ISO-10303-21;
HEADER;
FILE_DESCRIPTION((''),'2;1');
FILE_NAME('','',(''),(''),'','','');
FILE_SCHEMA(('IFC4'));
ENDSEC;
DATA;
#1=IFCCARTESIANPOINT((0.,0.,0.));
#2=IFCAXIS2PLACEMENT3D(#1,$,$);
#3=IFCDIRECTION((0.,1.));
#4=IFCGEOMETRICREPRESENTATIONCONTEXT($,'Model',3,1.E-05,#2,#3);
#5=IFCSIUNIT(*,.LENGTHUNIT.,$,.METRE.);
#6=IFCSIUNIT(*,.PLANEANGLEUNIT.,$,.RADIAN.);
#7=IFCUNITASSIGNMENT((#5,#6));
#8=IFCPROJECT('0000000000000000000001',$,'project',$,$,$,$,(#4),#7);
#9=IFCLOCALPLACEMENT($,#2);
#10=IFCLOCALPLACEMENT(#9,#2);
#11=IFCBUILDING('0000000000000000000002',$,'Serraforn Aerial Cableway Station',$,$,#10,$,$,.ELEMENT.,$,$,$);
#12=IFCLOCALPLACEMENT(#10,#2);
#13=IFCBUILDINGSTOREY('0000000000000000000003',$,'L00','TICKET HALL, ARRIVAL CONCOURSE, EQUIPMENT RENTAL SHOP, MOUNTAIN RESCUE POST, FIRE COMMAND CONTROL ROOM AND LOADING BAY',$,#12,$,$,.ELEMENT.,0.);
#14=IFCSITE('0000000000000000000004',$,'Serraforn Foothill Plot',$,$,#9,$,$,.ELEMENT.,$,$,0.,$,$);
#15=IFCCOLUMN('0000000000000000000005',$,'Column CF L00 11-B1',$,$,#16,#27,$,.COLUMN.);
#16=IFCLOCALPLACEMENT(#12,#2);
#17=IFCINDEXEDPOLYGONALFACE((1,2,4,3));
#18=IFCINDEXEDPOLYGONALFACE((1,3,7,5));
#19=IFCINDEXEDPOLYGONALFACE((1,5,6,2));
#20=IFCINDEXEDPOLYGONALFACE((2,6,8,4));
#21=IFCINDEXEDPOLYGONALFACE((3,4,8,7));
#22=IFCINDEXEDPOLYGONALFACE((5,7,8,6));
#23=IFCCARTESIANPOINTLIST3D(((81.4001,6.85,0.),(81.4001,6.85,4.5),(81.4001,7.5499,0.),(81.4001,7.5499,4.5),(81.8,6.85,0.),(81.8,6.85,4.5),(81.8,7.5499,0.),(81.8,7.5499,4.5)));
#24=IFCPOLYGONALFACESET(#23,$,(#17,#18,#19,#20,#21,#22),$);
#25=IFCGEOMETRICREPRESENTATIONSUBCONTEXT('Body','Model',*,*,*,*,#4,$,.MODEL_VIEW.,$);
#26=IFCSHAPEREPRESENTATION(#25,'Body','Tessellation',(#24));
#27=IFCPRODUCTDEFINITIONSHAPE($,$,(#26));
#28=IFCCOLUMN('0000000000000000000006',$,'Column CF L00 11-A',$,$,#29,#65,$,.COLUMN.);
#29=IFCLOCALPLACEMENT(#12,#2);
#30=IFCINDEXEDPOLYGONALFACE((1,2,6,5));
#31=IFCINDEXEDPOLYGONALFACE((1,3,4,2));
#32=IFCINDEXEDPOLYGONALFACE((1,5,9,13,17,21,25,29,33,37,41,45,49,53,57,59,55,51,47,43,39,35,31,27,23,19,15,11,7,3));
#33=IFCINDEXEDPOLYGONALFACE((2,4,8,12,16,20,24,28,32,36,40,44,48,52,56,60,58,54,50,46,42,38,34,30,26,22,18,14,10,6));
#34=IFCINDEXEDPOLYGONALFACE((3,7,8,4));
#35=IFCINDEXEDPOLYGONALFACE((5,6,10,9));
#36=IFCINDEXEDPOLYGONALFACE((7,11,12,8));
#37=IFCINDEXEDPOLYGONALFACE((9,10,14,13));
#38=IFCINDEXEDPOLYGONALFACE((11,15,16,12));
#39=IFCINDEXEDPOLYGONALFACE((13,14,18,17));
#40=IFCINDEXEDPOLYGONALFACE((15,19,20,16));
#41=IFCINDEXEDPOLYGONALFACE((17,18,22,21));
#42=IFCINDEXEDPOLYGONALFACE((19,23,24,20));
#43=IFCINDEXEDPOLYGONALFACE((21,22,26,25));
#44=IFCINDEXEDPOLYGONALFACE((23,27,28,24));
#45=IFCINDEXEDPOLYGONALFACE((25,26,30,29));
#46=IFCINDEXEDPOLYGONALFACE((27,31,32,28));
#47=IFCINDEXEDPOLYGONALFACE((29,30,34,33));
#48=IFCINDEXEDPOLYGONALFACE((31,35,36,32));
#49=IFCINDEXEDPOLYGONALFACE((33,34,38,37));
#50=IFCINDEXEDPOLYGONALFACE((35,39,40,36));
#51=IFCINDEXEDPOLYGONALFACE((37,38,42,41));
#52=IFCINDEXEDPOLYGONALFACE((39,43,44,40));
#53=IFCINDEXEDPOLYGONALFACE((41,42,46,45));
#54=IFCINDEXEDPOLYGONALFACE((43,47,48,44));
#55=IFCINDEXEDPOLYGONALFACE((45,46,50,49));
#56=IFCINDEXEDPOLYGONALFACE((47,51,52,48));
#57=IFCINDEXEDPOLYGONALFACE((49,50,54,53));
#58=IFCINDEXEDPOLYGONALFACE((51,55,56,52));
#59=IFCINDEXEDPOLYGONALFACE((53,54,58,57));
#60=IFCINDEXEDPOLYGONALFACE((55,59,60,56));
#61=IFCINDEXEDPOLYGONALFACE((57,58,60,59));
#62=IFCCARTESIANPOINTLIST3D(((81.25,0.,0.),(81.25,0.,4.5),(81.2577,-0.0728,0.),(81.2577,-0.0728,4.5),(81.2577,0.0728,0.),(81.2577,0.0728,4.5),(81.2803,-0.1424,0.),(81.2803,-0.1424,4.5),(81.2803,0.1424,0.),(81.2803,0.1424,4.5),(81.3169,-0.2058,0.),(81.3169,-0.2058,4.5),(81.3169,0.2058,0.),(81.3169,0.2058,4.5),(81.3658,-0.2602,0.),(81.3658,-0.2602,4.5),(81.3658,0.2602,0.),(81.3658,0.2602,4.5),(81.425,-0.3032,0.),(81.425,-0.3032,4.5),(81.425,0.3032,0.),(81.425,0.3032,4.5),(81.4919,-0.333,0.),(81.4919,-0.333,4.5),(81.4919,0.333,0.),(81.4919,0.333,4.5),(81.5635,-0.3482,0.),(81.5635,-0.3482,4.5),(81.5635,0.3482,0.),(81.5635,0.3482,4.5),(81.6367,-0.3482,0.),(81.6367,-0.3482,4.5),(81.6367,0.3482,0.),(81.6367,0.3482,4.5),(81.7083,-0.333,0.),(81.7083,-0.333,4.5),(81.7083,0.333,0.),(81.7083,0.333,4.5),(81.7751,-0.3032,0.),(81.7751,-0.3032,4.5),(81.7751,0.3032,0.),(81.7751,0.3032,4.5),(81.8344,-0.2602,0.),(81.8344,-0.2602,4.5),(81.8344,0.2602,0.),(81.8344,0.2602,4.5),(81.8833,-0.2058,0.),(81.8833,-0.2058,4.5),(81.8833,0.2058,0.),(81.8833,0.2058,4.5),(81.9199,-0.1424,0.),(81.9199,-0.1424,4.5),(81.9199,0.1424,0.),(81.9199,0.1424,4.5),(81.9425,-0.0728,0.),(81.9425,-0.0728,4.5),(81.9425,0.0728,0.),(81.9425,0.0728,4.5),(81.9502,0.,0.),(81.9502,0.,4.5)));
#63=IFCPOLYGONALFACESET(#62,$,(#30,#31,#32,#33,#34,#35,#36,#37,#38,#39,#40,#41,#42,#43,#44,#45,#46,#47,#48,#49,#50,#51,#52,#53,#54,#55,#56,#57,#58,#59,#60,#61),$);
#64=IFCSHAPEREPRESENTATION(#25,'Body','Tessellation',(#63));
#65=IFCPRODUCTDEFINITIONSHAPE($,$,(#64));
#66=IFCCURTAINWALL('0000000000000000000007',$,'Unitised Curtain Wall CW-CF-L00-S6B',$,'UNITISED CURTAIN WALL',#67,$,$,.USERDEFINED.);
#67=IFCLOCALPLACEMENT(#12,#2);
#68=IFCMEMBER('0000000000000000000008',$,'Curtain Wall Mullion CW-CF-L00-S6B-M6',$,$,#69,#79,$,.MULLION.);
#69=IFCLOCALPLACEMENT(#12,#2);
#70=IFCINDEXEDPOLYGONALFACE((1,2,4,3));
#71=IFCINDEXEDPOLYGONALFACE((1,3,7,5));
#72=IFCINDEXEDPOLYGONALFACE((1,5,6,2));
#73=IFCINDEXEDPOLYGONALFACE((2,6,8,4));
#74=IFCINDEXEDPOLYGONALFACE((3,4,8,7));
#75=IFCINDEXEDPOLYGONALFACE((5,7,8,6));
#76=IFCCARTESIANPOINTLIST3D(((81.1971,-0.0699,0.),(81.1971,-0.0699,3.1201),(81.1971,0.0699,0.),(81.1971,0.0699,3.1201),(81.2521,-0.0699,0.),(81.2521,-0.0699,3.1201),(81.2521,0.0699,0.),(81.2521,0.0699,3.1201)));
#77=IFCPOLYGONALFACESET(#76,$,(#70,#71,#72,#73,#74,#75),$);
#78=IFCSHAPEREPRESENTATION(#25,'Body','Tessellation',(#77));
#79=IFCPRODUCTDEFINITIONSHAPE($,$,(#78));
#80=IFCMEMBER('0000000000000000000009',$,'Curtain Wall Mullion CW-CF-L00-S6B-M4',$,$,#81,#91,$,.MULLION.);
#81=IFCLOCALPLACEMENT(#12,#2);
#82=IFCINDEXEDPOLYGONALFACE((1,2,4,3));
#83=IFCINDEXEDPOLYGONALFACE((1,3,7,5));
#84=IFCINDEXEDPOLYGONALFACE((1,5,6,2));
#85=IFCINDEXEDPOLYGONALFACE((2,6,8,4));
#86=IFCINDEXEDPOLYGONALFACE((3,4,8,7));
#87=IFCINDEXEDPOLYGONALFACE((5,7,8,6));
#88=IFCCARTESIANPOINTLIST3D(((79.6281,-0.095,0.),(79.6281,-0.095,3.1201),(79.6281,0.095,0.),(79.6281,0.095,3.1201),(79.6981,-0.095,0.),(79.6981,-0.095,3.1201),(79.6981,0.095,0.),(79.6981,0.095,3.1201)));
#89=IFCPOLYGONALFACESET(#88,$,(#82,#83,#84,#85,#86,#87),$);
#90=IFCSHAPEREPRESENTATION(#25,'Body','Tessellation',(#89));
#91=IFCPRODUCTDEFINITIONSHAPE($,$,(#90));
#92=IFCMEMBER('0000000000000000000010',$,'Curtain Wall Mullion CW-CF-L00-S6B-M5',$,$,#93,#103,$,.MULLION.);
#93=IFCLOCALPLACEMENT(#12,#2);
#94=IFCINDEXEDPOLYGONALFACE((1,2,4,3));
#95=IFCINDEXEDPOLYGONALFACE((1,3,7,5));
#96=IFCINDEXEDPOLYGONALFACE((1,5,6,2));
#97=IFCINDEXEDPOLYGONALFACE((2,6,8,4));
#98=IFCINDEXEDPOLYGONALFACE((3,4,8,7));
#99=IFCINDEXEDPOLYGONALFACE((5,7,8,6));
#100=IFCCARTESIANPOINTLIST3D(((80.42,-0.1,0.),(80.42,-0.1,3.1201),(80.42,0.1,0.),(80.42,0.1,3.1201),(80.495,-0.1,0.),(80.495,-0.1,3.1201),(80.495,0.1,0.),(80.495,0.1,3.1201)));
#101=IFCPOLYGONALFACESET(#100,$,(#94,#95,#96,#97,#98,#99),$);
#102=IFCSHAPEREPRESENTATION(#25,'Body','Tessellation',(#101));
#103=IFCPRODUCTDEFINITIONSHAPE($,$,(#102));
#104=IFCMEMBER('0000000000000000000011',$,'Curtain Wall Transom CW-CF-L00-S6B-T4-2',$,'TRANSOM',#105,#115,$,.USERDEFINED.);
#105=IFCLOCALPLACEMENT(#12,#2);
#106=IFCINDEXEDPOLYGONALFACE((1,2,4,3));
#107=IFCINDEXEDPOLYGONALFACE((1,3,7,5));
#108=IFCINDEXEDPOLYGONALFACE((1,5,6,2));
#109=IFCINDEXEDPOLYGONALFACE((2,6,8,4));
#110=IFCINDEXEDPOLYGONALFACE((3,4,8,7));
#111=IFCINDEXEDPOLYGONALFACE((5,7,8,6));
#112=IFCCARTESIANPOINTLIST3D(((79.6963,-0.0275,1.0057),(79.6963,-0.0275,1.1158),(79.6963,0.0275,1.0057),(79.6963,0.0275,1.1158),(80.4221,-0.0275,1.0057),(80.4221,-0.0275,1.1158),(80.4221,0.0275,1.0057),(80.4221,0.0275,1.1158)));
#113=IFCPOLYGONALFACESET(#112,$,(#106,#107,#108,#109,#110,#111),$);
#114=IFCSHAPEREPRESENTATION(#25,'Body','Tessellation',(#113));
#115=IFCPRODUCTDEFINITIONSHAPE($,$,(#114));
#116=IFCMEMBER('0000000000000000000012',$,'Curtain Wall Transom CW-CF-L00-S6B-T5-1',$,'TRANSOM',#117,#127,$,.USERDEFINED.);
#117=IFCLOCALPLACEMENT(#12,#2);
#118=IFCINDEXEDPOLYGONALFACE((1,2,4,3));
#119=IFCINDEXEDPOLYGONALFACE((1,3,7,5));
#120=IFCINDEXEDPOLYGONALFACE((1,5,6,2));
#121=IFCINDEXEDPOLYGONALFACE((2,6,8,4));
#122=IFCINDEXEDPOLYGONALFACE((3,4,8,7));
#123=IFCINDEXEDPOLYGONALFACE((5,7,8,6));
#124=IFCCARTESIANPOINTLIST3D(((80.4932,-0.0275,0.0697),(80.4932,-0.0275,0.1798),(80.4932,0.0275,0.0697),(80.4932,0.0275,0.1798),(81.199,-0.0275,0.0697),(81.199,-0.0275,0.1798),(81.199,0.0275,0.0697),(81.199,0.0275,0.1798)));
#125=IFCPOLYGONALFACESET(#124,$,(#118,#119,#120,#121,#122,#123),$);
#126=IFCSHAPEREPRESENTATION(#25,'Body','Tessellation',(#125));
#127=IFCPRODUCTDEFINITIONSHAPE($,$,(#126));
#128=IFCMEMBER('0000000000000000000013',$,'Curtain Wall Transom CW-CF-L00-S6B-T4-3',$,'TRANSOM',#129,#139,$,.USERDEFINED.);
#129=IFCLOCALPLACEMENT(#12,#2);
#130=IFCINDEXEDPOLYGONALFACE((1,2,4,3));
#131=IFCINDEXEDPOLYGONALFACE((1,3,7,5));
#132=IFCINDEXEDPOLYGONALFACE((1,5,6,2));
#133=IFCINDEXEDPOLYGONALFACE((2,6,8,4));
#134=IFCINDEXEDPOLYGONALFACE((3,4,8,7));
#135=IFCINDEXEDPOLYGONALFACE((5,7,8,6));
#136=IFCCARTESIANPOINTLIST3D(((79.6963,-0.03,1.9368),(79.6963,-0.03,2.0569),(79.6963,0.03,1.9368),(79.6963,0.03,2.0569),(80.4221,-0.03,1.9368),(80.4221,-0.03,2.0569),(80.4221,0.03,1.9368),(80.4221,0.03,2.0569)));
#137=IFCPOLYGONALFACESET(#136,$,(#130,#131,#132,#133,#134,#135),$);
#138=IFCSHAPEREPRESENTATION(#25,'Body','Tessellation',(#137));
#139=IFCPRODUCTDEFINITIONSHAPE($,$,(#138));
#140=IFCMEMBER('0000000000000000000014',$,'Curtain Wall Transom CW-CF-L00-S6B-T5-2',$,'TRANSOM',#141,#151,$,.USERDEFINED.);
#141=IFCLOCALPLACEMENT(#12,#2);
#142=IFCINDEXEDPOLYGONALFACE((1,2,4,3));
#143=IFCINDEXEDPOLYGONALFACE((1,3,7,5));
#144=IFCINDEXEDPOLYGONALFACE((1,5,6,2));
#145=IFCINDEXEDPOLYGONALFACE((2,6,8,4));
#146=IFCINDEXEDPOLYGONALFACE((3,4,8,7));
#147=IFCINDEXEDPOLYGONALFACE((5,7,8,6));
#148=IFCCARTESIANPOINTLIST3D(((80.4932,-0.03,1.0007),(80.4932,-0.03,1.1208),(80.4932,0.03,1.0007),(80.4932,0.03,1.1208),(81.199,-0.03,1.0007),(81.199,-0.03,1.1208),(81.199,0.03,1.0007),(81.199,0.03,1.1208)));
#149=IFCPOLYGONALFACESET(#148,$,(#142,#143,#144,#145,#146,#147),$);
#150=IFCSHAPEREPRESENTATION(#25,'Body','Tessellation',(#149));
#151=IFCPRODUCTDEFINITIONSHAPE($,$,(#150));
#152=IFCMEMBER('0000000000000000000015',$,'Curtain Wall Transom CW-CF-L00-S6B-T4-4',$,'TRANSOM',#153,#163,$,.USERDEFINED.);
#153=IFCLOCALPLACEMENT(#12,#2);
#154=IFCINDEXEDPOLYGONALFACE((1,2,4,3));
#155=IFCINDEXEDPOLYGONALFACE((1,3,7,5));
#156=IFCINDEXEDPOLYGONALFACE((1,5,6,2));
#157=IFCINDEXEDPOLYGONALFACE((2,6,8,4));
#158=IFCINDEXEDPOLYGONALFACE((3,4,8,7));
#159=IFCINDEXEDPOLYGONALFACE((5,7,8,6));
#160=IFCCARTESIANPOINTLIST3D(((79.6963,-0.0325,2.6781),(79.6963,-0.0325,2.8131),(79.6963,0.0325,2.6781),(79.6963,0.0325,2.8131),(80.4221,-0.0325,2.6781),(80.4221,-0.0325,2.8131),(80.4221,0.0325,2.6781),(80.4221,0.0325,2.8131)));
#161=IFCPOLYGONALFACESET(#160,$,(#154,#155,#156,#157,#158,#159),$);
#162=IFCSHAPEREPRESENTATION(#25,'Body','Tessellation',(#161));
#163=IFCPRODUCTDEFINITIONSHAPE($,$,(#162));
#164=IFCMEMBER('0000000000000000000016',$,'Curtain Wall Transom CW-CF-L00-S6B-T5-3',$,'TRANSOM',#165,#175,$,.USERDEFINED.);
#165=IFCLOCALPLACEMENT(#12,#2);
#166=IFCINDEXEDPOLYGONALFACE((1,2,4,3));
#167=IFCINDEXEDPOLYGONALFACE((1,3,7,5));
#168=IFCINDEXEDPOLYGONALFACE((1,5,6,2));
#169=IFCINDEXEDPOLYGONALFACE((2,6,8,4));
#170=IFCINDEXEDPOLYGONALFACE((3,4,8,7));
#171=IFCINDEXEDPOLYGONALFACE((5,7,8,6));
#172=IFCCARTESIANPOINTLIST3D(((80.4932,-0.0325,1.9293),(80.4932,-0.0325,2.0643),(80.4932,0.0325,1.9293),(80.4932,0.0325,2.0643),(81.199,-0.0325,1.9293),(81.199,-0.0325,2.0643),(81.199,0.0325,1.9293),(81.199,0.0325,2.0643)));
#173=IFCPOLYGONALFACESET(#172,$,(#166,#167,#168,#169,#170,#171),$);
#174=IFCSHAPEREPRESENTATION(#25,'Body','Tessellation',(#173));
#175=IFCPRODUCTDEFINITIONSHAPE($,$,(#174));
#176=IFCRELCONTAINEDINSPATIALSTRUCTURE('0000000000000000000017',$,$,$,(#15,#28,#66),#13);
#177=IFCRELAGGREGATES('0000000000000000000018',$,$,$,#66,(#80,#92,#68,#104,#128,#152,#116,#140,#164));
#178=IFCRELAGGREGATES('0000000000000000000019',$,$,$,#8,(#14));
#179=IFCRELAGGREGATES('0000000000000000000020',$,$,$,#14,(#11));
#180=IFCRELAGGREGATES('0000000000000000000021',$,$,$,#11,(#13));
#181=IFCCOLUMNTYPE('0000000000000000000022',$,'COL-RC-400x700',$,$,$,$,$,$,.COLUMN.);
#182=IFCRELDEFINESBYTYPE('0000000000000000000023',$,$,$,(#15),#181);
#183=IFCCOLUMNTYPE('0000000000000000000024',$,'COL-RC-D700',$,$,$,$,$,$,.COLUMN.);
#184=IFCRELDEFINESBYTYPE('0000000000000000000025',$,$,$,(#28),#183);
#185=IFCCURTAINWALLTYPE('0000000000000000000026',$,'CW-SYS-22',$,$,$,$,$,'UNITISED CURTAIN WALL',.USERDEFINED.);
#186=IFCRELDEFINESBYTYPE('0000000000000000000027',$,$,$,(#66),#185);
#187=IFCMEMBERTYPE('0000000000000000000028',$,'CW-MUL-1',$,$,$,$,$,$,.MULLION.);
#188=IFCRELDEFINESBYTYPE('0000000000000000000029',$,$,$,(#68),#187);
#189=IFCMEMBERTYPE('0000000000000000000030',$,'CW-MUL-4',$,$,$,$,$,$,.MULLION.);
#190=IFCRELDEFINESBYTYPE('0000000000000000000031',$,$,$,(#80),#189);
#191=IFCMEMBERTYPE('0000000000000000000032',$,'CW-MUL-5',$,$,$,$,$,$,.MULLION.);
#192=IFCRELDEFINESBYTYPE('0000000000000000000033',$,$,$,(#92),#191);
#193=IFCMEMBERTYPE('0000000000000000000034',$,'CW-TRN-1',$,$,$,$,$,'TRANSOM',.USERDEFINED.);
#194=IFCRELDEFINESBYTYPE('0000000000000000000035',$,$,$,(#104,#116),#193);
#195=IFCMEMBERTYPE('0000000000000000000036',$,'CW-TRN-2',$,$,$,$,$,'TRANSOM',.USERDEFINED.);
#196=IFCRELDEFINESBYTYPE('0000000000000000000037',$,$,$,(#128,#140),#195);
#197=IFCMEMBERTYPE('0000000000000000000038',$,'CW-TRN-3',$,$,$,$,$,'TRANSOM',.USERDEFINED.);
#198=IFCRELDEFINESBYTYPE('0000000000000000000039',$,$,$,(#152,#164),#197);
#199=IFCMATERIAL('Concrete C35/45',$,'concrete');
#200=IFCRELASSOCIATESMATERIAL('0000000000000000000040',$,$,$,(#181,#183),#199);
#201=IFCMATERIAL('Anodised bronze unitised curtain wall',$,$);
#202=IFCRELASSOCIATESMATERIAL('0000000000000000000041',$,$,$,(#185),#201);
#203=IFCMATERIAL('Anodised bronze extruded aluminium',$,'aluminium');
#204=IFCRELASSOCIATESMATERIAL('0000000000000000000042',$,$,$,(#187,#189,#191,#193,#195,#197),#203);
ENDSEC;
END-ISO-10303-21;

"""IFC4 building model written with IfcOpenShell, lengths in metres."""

from ifc_helpers import new_model, si_unit, direction, frame, origin, origin_2d, place, context, subcontext, project, spatial, rectangle, circle, extrude, material, material_profile, profile_set, type_object, element, aggregate, save


model = new_model("IFC4")

# Units and contexts
model_context = context("Model", 3, precision=1e-05, world=origin(), true_north=direction((0.0, 1.0)))
body_context = subcontext(model_context, "Body", "Model", "MODEL_VIEW")
ifc_project = project(units=[si_unit("LENGTHUNIT", "METRE"), si_unit("PLANEANGLEUNIT", "RADIAN")], contexts=[model_context])

# Site, building, storey
site_placement = place(None, origin())
site = spatial("IfcSite", under=ifc_project, at=site_placement, Name="Serraforn Foothill Plot", CompositionType="ELEMENT", RefElevation=0.0)
building_placement = place(site_placement, origin())
building = spatial("IfcBuilding", under=site, at=building_placement, Name="Serraforn Aerial Cableway Station", CompositionType="ELEMENT")
storey_placement = place(building_placement, origin())
storey = spatial("IfcBuildingStorey", under=building, at=storey_placement, Name="L00", Description="TICKET HALL, ARRIVAL CONCOURSE, EQUIPMENT RENTAL SHOP, MOUNTAIN RESCUE POST, FIRE COMMAND CONTROL ROOM AND LOADING BAY", CompositionType="ELEMENT", Elevation=0.0)

# Shared definitions
ifc_material_1 = material(Name="Concrete C35/45", Category="concrete")

# Columns
ifc_material_profile_1 = material_profile(ifc_material_1, rectangle(XDim=0.3999, YDim=0.7, at=origin_2d()), Name="RC 400x700")
ifc_profile_set_1 = profile_set([ifc_material_profile_1], Name="Concrete C35/45")
column_type_1 = type_object("IfcColumnType", Name="COL-RC-400x700", PredefinedType="COLUMN", material=ifc_profile_set_1)
column_1_placement = place(storey_placement, frame((81.6001, 7.2, 0.0), z_axis=(0.0, 0.0, 1.0), x_axis=(1.0, 0.0, 0.0)))
element("IfcColumn", 1, at=column_1_placement, inside=storey, type_object=column_type_1, Name="Column CF L00 11-B1", PredefinedType="COLUMN", context=body_context, shape_type="SweptSolid", body=[
    extrude(rectangle(XDim=0.3999, YDim=0.7, at=origin_2d()), origin(), (0.0, 0.0, 1.0), 4.5),
])
ifc_material_profile_2 = material_profile(ifc_material_1, circle(Radius=0.3501, at=origin_2d()), Name="RC D700")
ifc_profile_set_2 = profile_set([ifc_material_profile_2], Name="Concrete C35/45")
column_type_2 = type_object("IfcColumnType", Name="COL-RC-D700", PredefinedType="COLUMN", material=ifc_profile_set_2)
column_2_placement = place(storey_placement, frame((81.6001, 0.0, 0.0), z_axis=(0.0, 0.0, 1.0), x_axis=(1.0, 0.0, 0.0)))
element("IfcColumn", 2, at=column_2_placement, inside=storey, type_object=column_type_2, Name="Column CF L00 11-A", PredefinedType="COLUMN", context=body_context, shape_type="SweptSolid", body=[
    extrude(circle(Radius=0.3501, at=origin_2d()), origin(), (0.0, 0.0, 1.0), 4.5),
])

# Curtain wall, members
ifc_material_2 = material(Name="Anodised bronze unitised curtain wall")
curtain_wall_type = type_object("IfcCurtainWallType", Name="CW-SYS-22", ElementType="UNITISED CURTAIN WALL", PredefinedType="USERDEFINED", material=ifc_material_2)
curtain_wall_placement = place(storey_placement, origin())
curtain_wall = element("IfcCurtainWall", 3, at=curtain_wall_placement, inside=storey, type_object=curtain_wall_type, Name="Unitised Curtain Wall CW-CF-L00-S6B", ObjectType="UNITISED CURTAIN WALL", PredefinedType="USERDEFINED")
ifc_material_3 = material(Name="Anodised bronze extruded aluminium", Category="aluminium")
ifc_material_profile_3 = material_profile(ifc_material_3, rectangle(XDim=0.0549, YDim=0.1399, at=origin_2d()), Name="CW MULLION 55x140")
ifc_profile_set_3 = profile_set([ifc_material_profile_3], Name="Anodised bronze extruded aluminium")
member_type_1 = type_object("IfcMemberType", Name="CW-MUL-1", PredefinedType="MULLION", material=ifc_profile_set_3)
member_1_placement = place(storey_placement, frame((81.2246, 0.0, 0.0), z_axis=(0.0, 0.0, 1.0), x_axis=(1.0, 0.0, 0.0)))
member_1 = element("IfcMember", 4, at=member_1_placement, type_object=member_type_1, Name="Curtain Wall Mullion CW-CF-L00-S6B-M6", PredefinedType="MULLION", context=body_context, shape_type="SweptSolid", body=[
    extrude(rectangle(XDim=0.0549, YDim=0.1399, at=origin_2d()), origin(), (0.0, 0.0, 1.0), 3.1201),
])
ifc_material_profile_4 = material_profile(ifc_material_3, rectangle(XDim=0.0701, YDim=0.1899, at=origin_2d()), Name="CW MULLION 70x190")
ifc_profile_set_4 = profile_set([ifc_material_profile_4], Name="Anodised bronze extruded aluminium")
member_type_2 = type_object("IfcMemberType", Name="CW-MUL-4", PredefinedType="MULLION", material=ifc_profile_set_4)
member_2_placement = place(storey_placement, frame((79.6631, 0.0, 0.0), z_axis=(0.0, 0.0, 1.0), x_axis=(1.0, 0.0, 0.0)))
member_2 = element("IfcMember", 5, at=member_2_placement, type_object=member_type_2, Name="Curtain Wall Mullion CW-CF-L00-S6B-M4", PredefinedType="MULLION", context=body_context, shape_type="SweptSolid", body=[
    extrude(rectangle(XDim=0.0701, YDim=0.1899, at=origin_2d()), origin(), (0.0, 0.0, 1.0), 3.1201),
])
ifc_material_profile_5 = material_profile(ifc_material_3, rectangle(XDim=0.075, YDim=0.2, at=origin_2d()), Name="CW MULLION 75x200")
ifc_profile_set_5 = profile_set([ifc_material_profile_5], Name="Anodised bronze extruded aluminium")
member_type_3 = type_object("IfcMemberType", Name="CW-MUL-5", PredefinedType="MULLION", material=ifc_profile_set_5)
member_3_placement = place(storey_placement, frame((80.4575, 0.0, 0.0), z_axis=(0.0, 0.0, 1.0), x_axis=(1.0, 0.0, 0.0)))
member_3 = element("IfcMember", 6, at=member_3_placement, type_object=member_type_3, Name="Curtain Wall Mullion CW-CF-L00-S6B-M5", PredefinedType="MULLION", context=body_context, shape_type="SweptSolid", body=[
    extrude(rectangle(XDim=0.075, YDim=0.2, at=origin_2d()), origin(), (0.0, 0.0, 1.0), 3.1201),
])
ifc_material_profile_6 = material_profile(ifc_material_3, rectangle(XDim=0.0549, YDim=0.1101, at=origin_2d()), Name="CW TRANSOM 55x110")
ifc_profile_set_6 = profile_set([ifc_material_profile_6], Name="Anodised bronze extruded aluminium")
member_type_4 = type_object("IfcMemberType", Name="CW-TRN-1", ElementType="TRANSOM", PredefinedType="USERDEFINED", material=ifc_profile_set_6)
member_4_placement = place(storey_placement, frame((79.6963, 0.0, 1.0608), z_axis=(1.0, 0.0, 0.0), x_axis=(0.0, 1.0, 0.0)))
member_4 = element("IfcMember", 7, at=member_4_placement, type_object=member_type_4, Name="Curtain Wall Transom CW-CF-L00-S6B-T4-2", ObjectType="TRANSOM", PredefinedType="USERDEFINED", context=body_context, shape_type="SweptSolid", body=[
    extrude(rectangle(XDim=0.0549, YDim=0.1101, at=origin_2d()), origin(), (0.0, 0.0, 1.0), 0.7258),
])
member_5_placement = place(storey_placement, frame((80.4932, 0.0, 0.1248), z_axis=(1.0, 0.0, 0.0), x_axis=(0.0, 1.0, 0.0)))
member_5 = element("IfcMember", 8, at=member_5_placement, type_object=member_type_4, Name="Curtain Wall Transom CW-CF-L00-S6B-T5-1", ObjectType="TRANSOM", PredefinedType="USERDEFINED", context=body_context, shape_type="SweptSolid", body=[
    extrude(rectangle(XDim=0.0549, YDim=0.1101, at=origin_2d()), origin(), (0.0, 0.0, 1.0), 0.7058),
])
ifc_material_profile_7 = material_profile(ifc_material_3, rectangle(XDim=0.0601, YDim=0.1201, at=origin_2d()), Name="CW TRANSOM 60x120")
ifc_profile_set_7 = profile_set([ifc_material_profile_7], Name="Anodised bronze extruded aluminium")
member_type_5 = type_object("IfcMemberType", Name="CW-TRN-2", ElementType="TRANSOM", PredefinedType="USERDEFINED", material=ifc_profile_set_7)
member_6_placement = place(storey_placement, frame((79.6963, 0.0, 1.9968), z_axis=(1.0, 0.0, 0.0), x_axis=(0.0, 1.0, 0.0)))
member_6 = element("IfcMember", 9, at=member_6_placement, type_object=member_type_5, Name="Curtain Wall Transom CW-CF-L00-S6B-T4-3", ObjectType="TRANSOM", PredefinedType="USERDEFINED", context=body_context, shape_type="SweptSolid", body=[
    extrude(rectangle(XDim=0.0601, YDim=0.1201, at=origin_2d()), origin(), (0.0, 0.0, 1.0), 0.7258),
])
member_7_placement = place(storey_placement, frame((80.4932, 0.0, 1.0608), z_axis=(1.0, 0.0, 0.0), x_axis=(0.0, 1.0, 0.0)))
member_7 = element("IfcMember", 10, at=member_7_placement, type_object=member_type_5, Name="Curtain Wall Transom CW-CF-L00-S6B-T5-2", ObjectType="TRANSOM", PredefinedType="USERDEFINED", context=body_context, shape_type="SweptSolid", body=[
    extrude(rectangle(XDim=0.0601, YDim=0.1201, at=origin_2d()), origin(), (0.0, 0.0, 1.0), 0.7058),
])
ifc_material_profile_8 = material_profile(ifc_material_3, rectangle(XDim=0.0649, YDim=0.135, at=origin_2d()), Name="CW TRANSOM 65x135")
ifc_profile_set_8 = profile_set([ifc_material_profile_8], Name="Anodised bronze extruded aluminium")
member_type_6 = type_object("IfcMemberType", Name="CW-TRN-3", ElementType="TRANSOM", PredefinedType="USERDEFINED", material=ifc_profile_set_8)
member_8_placement = place(storey_placement, frame((79.6963, 0.0, 2.7456), z_axis=(1.0, 0.0, 0.0), x_axis=(0.0, 1.0, 0.0)))
member_8 = element("IfcMember", 11, at=member_8_placement, type_object=member_type_6, Name="Curtain Wall Transom CW-CF-L00-S6B-T4-4", ObjectType="TRANSOM", PredefinedType="USERDEFINED", context=body_context, shape_type="SweptSolid", body=[
    extrude(rectangle(XDim=0.0649, YDim=0.135, at=origin_2d()), origin(), (0.0, 0.0, 1.0), 0.7258),
])
member_9_placement = place(storey_placement, frame((80.4932, 0.0, 1.9968), z_axis=(1.0, 0.0, 0.0), x_axis=(0.0, 1.0, 0.0)))
member_9 = element("IfcMember", 12, at=member_9_placement, type_object=member_type_6, Name="Curtain Wall Transom CW-CF-L00-S6B-T5-3", ObjectType="TRANSOM", PredefinedType="USERDEFINED", context=body_context, shape_type="SweptSolid", body=[
    extrude(rectangle(XDim=0.0649, YDim=0.135, at=origin_2d()), origin(), (0.0, 0.0, 1.0), 0.7058),
])
aggregate(curtain_wall, [member_2, member_3, member_1, member_4, member_6, member_8, member_5, member_7, member_9])

save(model, "model.ifc")
